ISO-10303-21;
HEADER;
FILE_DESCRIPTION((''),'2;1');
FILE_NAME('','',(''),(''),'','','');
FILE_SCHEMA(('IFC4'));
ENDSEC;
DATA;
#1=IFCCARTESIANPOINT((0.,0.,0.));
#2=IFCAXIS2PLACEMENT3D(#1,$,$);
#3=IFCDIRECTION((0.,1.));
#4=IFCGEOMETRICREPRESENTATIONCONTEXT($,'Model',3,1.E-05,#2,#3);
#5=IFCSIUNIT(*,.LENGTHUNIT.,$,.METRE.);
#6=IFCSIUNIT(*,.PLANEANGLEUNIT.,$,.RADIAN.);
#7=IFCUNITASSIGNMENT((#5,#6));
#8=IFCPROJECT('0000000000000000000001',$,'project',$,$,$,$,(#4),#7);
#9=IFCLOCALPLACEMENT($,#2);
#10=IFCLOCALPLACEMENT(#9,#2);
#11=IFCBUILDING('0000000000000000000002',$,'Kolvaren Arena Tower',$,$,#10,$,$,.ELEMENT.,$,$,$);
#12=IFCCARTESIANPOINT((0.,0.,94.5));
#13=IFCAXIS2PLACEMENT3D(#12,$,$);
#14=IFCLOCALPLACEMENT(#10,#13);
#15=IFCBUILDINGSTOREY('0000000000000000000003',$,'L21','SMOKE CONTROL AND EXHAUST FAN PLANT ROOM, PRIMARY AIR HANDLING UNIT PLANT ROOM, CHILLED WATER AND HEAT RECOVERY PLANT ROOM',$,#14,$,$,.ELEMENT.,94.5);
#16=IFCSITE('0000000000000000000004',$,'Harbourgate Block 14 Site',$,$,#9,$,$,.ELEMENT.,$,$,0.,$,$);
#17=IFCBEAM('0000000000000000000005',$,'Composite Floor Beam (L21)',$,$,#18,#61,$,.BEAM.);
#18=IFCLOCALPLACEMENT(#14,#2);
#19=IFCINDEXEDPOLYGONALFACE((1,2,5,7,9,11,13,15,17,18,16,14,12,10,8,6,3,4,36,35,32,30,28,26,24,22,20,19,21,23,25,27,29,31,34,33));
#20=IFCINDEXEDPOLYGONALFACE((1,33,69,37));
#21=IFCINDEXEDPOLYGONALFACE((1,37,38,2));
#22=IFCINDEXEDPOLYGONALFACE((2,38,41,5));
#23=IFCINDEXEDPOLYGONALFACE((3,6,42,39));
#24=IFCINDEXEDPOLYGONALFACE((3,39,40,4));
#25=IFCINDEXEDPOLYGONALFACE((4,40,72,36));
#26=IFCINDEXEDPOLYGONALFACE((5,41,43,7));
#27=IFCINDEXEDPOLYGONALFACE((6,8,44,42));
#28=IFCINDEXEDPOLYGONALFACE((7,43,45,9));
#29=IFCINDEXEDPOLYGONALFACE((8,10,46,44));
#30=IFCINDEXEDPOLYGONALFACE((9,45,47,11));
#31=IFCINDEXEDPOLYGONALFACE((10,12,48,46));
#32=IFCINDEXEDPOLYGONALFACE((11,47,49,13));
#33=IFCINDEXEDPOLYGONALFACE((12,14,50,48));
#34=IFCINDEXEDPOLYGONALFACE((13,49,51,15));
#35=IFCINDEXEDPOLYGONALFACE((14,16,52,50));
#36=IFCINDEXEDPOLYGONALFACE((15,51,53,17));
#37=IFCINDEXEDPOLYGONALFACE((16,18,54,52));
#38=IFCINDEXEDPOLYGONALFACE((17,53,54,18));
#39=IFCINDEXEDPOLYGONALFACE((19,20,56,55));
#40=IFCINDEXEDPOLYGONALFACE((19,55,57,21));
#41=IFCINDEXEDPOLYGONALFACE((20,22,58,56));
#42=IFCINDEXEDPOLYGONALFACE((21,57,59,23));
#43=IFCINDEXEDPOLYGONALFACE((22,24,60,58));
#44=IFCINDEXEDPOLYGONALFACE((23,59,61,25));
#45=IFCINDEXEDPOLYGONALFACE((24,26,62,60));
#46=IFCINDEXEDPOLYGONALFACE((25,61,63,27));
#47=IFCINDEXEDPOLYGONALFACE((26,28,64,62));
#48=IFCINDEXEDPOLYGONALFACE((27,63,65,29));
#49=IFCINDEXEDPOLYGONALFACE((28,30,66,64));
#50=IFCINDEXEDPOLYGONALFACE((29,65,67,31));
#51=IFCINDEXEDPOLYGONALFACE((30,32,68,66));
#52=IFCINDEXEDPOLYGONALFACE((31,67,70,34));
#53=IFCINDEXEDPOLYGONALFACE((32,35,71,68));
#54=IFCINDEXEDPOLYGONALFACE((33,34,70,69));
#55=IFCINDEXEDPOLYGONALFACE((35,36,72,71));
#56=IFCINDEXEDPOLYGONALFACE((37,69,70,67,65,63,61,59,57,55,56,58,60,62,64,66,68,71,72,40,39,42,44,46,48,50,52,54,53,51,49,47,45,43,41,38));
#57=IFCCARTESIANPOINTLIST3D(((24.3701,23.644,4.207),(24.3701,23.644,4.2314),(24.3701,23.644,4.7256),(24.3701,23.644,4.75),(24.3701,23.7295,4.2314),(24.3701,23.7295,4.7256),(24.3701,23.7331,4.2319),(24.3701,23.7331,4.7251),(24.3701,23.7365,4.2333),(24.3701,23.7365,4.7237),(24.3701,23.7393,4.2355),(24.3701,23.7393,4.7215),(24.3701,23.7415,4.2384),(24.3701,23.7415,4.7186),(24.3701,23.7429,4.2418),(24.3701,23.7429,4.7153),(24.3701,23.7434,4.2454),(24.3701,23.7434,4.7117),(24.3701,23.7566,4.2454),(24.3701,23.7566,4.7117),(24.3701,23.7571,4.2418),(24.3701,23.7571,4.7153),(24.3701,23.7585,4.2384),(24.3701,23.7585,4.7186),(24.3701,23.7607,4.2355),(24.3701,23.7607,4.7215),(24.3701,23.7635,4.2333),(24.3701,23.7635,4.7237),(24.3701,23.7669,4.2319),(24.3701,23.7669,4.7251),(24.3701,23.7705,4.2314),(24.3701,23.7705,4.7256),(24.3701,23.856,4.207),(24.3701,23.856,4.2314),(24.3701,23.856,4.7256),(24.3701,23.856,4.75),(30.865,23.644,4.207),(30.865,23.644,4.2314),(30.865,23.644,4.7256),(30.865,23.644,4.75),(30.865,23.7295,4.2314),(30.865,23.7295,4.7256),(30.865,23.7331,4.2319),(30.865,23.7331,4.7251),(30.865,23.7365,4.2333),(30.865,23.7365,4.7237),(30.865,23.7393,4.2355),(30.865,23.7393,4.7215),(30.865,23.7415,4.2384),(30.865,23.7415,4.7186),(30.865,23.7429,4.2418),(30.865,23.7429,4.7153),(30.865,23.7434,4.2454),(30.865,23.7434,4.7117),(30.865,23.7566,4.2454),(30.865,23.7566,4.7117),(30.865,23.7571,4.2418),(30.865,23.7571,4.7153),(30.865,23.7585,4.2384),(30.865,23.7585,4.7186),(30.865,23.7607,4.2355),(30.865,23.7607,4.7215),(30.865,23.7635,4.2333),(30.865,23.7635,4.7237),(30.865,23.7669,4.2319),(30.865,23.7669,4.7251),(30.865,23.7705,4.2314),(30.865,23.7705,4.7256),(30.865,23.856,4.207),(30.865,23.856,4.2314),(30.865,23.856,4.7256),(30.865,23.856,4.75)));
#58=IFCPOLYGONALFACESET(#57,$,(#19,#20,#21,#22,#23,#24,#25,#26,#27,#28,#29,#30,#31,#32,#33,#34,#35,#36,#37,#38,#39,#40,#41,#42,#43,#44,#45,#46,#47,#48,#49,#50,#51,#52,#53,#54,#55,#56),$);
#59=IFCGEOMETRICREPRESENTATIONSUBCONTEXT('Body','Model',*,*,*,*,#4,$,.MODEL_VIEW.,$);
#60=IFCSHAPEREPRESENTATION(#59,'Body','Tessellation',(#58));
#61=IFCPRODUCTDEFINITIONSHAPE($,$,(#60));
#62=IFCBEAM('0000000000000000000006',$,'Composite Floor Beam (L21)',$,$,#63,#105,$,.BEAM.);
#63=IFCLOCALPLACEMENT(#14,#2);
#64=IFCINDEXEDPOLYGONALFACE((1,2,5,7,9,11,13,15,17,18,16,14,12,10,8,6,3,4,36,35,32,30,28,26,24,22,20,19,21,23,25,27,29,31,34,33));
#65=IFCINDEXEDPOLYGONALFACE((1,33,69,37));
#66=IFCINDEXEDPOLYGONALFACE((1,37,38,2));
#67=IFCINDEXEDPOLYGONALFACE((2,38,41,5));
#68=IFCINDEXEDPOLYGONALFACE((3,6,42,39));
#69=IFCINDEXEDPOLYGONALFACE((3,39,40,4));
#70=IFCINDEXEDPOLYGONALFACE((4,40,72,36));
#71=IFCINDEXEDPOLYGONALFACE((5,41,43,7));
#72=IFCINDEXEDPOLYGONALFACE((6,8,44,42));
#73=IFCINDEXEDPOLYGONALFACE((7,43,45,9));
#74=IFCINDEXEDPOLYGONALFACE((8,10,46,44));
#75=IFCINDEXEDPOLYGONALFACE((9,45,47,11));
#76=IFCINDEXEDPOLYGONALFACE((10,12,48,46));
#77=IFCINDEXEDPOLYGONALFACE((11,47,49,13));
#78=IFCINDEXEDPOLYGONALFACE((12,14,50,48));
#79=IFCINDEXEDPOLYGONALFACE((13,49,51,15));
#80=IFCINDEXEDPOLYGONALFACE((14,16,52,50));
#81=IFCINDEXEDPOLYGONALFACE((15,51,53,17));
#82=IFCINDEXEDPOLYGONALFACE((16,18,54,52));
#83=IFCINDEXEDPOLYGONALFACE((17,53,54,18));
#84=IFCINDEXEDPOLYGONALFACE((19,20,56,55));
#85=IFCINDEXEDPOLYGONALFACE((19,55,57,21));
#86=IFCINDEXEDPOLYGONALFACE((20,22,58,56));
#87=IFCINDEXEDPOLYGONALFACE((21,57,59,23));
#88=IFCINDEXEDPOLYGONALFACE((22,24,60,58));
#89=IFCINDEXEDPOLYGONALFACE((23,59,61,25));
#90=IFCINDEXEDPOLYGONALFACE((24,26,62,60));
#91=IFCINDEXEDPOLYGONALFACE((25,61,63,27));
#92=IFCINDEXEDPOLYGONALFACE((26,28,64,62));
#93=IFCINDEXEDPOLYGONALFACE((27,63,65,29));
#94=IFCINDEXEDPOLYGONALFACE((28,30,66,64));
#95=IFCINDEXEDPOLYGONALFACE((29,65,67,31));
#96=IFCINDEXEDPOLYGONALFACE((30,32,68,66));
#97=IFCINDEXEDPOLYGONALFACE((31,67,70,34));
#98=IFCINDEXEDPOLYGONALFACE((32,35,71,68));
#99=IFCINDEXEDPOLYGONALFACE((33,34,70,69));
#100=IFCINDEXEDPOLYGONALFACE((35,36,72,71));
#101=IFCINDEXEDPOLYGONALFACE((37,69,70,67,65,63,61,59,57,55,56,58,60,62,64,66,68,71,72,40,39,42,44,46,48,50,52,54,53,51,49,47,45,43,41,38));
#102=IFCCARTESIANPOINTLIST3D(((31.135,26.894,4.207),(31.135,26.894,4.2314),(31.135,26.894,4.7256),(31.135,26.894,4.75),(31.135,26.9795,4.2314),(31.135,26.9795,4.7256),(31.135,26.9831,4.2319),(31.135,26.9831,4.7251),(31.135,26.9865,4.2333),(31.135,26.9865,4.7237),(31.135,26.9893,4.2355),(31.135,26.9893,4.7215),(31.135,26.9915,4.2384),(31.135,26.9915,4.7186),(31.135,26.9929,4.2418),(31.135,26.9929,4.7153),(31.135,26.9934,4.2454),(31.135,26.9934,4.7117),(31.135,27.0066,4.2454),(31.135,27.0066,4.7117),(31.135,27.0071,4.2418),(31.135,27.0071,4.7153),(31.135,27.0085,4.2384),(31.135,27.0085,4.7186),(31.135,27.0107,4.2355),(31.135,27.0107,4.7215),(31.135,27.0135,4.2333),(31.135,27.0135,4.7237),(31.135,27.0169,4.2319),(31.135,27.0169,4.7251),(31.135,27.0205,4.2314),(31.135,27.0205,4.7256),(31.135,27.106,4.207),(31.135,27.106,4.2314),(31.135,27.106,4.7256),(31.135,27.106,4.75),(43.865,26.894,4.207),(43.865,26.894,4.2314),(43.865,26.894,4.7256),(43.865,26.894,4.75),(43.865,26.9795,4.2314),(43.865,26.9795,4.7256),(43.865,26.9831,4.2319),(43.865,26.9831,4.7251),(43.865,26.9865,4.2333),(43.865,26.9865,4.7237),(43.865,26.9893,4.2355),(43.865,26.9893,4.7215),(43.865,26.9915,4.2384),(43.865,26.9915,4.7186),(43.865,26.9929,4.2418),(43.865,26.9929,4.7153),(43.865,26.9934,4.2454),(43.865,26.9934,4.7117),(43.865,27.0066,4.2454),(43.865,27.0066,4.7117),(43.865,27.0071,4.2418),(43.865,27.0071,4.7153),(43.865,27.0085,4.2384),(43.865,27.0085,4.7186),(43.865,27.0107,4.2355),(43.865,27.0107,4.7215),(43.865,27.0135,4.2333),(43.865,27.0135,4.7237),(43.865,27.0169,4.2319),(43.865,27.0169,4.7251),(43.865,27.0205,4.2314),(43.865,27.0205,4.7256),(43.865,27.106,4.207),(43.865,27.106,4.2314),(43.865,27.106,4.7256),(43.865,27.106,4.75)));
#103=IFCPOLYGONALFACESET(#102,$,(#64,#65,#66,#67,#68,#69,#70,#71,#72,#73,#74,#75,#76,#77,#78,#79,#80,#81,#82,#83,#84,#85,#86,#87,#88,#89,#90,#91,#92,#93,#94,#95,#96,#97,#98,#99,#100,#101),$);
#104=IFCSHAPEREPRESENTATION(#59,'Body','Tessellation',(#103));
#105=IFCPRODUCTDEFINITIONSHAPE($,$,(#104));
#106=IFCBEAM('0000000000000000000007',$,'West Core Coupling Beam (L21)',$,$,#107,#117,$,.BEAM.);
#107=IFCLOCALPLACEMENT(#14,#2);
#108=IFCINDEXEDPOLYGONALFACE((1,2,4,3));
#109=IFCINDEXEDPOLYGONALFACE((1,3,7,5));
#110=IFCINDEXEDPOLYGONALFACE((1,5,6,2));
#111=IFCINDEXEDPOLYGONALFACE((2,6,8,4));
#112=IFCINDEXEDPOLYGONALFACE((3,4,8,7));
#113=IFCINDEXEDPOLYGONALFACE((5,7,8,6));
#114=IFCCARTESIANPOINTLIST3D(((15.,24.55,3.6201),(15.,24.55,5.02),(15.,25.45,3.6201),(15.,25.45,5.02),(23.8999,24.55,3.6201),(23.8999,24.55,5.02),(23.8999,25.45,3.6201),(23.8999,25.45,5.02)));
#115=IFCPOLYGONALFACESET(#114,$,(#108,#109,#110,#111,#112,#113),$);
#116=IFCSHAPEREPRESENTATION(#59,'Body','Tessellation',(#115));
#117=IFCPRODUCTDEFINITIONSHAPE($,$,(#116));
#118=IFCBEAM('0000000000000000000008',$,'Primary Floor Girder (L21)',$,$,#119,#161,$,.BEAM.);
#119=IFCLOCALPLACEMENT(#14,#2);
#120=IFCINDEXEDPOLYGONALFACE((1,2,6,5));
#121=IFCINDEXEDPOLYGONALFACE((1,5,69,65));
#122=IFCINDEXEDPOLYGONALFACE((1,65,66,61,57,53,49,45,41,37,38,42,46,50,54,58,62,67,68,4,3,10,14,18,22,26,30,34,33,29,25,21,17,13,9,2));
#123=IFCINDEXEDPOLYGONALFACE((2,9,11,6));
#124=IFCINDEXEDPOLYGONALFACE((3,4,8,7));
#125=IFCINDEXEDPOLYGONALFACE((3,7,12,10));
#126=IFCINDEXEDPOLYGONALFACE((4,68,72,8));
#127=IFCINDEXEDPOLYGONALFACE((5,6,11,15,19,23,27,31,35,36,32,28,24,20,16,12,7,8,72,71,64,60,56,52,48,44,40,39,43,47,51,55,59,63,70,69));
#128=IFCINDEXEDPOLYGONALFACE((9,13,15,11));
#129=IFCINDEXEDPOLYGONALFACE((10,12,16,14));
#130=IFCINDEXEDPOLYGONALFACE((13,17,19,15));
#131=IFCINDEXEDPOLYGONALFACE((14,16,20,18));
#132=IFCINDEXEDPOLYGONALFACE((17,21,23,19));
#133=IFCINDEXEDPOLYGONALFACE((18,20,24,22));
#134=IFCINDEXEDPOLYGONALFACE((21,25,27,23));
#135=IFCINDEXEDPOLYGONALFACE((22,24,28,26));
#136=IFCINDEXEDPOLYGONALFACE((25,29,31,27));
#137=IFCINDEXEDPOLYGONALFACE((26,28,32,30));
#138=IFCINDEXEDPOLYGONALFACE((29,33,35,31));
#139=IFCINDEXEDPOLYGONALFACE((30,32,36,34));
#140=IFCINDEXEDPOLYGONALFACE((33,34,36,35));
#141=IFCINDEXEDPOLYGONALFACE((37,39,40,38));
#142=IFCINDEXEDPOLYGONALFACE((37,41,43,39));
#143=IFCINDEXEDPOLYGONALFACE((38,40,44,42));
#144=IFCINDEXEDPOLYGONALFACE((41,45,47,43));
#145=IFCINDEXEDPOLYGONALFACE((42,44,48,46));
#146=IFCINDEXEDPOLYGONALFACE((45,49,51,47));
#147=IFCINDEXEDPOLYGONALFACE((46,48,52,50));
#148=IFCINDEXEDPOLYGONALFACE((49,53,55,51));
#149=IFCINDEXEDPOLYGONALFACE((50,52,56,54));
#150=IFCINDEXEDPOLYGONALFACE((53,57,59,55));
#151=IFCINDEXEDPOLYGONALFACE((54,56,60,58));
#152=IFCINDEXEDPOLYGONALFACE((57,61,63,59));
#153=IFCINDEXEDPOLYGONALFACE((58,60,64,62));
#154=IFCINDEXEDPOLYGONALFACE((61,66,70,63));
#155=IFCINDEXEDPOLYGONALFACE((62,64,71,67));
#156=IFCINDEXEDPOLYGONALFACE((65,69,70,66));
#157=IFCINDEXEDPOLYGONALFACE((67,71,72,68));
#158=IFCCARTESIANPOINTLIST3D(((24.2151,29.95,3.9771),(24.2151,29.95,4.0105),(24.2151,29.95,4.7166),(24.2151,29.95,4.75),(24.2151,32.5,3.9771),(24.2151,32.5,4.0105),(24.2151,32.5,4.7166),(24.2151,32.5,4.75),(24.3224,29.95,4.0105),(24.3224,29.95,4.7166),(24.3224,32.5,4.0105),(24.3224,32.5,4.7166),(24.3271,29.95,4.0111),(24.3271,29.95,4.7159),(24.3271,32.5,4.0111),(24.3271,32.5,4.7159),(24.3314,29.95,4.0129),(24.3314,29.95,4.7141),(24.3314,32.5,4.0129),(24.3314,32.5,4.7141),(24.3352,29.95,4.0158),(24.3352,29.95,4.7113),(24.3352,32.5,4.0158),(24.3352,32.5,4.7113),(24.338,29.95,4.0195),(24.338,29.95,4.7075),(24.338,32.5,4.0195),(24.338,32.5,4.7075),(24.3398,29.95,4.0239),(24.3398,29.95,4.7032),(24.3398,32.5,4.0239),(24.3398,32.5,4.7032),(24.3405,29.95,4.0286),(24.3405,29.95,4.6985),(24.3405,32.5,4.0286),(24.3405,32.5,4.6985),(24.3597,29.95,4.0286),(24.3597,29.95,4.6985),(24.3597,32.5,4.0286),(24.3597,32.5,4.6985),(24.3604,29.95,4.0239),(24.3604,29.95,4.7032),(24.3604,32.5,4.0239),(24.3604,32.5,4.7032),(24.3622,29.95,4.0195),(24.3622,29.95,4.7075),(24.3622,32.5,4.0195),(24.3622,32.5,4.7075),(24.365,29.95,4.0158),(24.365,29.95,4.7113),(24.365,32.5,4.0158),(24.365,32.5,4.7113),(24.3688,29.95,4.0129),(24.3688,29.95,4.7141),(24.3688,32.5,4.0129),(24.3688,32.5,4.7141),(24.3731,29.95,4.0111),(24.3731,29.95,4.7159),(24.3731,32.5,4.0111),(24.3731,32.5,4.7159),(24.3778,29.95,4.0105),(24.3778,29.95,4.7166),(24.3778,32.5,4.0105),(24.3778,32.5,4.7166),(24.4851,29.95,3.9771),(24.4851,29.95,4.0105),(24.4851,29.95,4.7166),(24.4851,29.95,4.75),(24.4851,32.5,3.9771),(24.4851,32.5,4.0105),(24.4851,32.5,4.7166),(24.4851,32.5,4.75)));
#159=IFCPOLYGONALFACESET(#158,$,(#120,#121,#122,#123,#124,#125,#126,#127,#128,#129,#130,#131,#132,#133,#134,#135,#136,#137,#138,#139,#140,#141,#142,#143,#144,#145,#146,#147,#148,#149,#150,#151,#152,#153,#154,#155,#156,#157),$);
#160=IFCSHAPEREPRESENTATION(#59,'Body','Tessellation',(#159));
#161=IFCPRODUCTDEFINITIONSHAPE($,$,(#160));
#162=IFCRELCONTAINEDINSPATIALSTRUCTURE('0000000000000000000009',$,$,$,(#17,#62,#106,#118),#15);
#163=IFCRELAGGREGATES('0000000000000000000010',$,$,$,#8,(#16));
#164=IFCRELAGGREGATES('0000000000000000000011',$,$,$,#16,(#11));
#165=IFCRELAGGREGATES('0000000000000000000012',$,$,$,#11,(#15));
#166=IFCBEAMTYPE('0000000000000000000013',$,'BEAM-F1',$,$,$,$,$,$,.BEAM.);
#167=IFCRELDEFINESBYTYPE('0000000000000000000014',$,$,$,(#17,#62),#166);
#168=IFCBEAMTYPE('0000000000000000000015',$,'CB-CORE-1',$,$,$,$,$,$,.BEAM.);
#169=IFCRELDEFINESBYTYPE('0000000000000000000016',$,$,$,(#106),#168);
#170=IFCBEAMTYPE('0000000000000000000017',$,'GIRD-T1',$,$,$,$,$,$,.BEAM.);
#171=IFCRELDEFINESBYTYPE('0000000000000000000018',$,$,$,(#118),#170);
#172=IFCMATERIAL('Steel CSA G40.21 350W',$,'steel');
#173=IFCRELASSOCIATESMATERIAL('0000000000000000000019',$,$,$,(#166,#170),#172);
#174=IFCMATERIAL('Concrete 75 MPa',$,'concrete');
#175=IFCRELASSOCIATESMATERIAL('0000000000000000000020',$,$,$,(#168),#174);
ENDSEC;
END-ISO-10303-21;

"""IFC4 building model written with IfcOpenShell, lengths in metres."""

from ifc_helpers import new_model, si_unit, direction, frame, origin, origin_2d, place, context, subcontext, project, spatial, rectangle, i_section, extrude, material, material_profile, profile_set, type_object, element, save


model = new_model("IFC4")

# Units and contexts
model_context = context("Model", 3, precision=1e-05, world=origin(), true_north=direction((0.0, 1.0)))
body_context = subcontext(model_context, "Body", "Model", "MODEL_VIEW")
ifc_project = project(units=[si_unit("LENGTHUNIT", "METRE"), si_unit("PLANEANGLEUNIT", "RADIAN")], contexts=[model_context])

# Site, building, storey
site_placement = place(None, origin())
site = spatial("IfcSite", under=ifc_project, at=site_placement, Name="Harbourgate Block 14 Site", CompositionType="ELEMENT", RefElevation=0.0)
building_placement = place(site_placement, origin())
building = spatial("IfcBuilding", under=site, at=building_placement, Name="Kolvaren Arena Tower", CompositionType="ELEMENT")
storey_placement = place(building_placement, frame((0.0, 0.0, 94.5)))
storey = spatial("IfcBuildingStorey", under=building, at=storey_placement, Name="L21", Description="SMOKE CONTROL AND EXHAUST FAN PLANT ROOM, PRIMARY AIR HANDLING UNIT PLANT ROOM, CHILLED WATER AND HEAT RECOVERY PLANT ROOM", CompositionType="ELEMENT", Elevation=94.5)

# Beams
ifc_material_1 = material(Name="Steel CSA G40.21 350W", Category="steel")
ifc_material_profile_1 = material_profile(ifc_material_1, i_section(OverallWidth=0.2119, OverallDepth=0.543, WebThickness=0.0132, FlangeThickness=0.0244, FilletRadius=0.0139, at=origin_2d()), Name="W530x150")
ifc_profile_set_1 = profile_set([ifc_material_profile_1], Name="Steel CSA G40.21 350W")
beam_type_1 = type_object("IfcBeamType", Name="BEAM-F1", PredefinedType="BEAM", material=ifc_profile_set_1)
beam_1_placement = place(storey_placement, frame((24.3701, 23.75, 4.4785), z_axis=(1.0, 0.0, 0.0), x_axis=(0.0, 1.0, 0.0)))
element("IfcBeam", 1, at=beam_1_placement, inside=storey, type_object=beam_type_1, Name="Composite Floor Beam (L21)", PredefinedType="BEAM", context=body_context, shape_type="SweptSolid", body=[
    extrude(i_section(OverallWidth=0.2119, OverallDepth=0.543, WebThickness=0.0132, FlangeThickness=0.0244, FilletRadius=0.0139, at=origin_2d()), origin(), (0.0, 0.0, 1.0), 6.4949),
])
beam_2_placement = place(storey_placement, frame((31.135, 27.0, 4.4785), z_axis=(1.0, 0.0, 0.0), x_axis=(0.0, 1.0, 0.0)))
element("IfcBeam", 2, at=beam_2_placement, inside=storey, type_object=beam_type_1, Name="Composite Floor Beam (L21)", PredefinedType="BEAM", context=body_context, shape_type="SweptSolid", body=[
    extrude(i_section(OverallWidth=0.2119, OverallDepth=0.543, WebThickness=0.0132, FlangeThickness=0.0244, FilletRadius=0.0139, at=origin_2d()), origin(), (0.0, 0.0, 1.0), 12.73),
])
ifc_material_2 = material(Name="Concrete 75 MPa", Category="concrete")
ifc_material_profile_2 = material_profile(ifc_material_2, rectangle(XDim=0.8999, YDim=1.3999, at=origin_2d()), Name="RC-900x1400")
ifc_profile_set_2 = profile_set([ifc_material_profile_2], Name="Concrete 75 MPa")
beam_type_2 = type_object("IfcBeamType", Name="CB-CORE-1", PredefinedType="BEAM", material=ifc_profile_set_2)
beam_3_placement = place(storey_placement, frame((15.0, 25.0, 4.3201), z_axis=(1.0, 0.0, 0.0), x_axis=(0.0, 1.0, 0.0)))
element("IfcBeam", 3, at=beam_3_placement, inside=storey, type_object=beam_type_2, Name="West Core Coupling Beam (L21)", PredefinedType="BEAM", context=body_context, shape_type="SweptSolid", body=[
    extrude(rectangle(XDim=0.8999, YDim=1.3999, at=origin_2d()), origin(), (0.0, 0.0, 1.0), 8.8999),
])
ifc_material_profile_3 = material_profile(ifc_material_1, i_section(OverallWidth=0.27, OverallDepth=0.7729, WebThickness=0.0193, FlangeThickness=0.0334, FilletRadius=0.0181, at=origin_2d()), Name="W760x257")
ifc_profile_set_3 = profile_set([ifc_material_profile_3], Name="Steel CSA G40.21 350W")
beam_type_3 = type_object("IfcBeamType", Name="GIRD-T1", PredefinedType="BEAM", material=ifc_profile_set_3)
beam_4_placement = place(storey_placement, frame((24.3501, 29.95, 4.3635), z_axis=(0.0, 1.0, 0.0), x_axis=(-1.0, 0.0, 0.0)))
element("IfcBeam", 4, at=beam_4_placement, inside=storey, type_object=beam_type_3, Name="Primary Floor Girder (L21)", PredefinedType="BEAM", context=body_context, shape_type="SweptSolid", body=[
    extrude(i_section(OverallWidth=0.27, OverallDepth=0.7729, WebThickness=0.0193, FlangeThickness=0.0334, FilletRadius=0.0181, at=origin_2d()), origin(), (0.0, 0.0, 1.0), 2.55),
])

save(model, "model.ifc")
